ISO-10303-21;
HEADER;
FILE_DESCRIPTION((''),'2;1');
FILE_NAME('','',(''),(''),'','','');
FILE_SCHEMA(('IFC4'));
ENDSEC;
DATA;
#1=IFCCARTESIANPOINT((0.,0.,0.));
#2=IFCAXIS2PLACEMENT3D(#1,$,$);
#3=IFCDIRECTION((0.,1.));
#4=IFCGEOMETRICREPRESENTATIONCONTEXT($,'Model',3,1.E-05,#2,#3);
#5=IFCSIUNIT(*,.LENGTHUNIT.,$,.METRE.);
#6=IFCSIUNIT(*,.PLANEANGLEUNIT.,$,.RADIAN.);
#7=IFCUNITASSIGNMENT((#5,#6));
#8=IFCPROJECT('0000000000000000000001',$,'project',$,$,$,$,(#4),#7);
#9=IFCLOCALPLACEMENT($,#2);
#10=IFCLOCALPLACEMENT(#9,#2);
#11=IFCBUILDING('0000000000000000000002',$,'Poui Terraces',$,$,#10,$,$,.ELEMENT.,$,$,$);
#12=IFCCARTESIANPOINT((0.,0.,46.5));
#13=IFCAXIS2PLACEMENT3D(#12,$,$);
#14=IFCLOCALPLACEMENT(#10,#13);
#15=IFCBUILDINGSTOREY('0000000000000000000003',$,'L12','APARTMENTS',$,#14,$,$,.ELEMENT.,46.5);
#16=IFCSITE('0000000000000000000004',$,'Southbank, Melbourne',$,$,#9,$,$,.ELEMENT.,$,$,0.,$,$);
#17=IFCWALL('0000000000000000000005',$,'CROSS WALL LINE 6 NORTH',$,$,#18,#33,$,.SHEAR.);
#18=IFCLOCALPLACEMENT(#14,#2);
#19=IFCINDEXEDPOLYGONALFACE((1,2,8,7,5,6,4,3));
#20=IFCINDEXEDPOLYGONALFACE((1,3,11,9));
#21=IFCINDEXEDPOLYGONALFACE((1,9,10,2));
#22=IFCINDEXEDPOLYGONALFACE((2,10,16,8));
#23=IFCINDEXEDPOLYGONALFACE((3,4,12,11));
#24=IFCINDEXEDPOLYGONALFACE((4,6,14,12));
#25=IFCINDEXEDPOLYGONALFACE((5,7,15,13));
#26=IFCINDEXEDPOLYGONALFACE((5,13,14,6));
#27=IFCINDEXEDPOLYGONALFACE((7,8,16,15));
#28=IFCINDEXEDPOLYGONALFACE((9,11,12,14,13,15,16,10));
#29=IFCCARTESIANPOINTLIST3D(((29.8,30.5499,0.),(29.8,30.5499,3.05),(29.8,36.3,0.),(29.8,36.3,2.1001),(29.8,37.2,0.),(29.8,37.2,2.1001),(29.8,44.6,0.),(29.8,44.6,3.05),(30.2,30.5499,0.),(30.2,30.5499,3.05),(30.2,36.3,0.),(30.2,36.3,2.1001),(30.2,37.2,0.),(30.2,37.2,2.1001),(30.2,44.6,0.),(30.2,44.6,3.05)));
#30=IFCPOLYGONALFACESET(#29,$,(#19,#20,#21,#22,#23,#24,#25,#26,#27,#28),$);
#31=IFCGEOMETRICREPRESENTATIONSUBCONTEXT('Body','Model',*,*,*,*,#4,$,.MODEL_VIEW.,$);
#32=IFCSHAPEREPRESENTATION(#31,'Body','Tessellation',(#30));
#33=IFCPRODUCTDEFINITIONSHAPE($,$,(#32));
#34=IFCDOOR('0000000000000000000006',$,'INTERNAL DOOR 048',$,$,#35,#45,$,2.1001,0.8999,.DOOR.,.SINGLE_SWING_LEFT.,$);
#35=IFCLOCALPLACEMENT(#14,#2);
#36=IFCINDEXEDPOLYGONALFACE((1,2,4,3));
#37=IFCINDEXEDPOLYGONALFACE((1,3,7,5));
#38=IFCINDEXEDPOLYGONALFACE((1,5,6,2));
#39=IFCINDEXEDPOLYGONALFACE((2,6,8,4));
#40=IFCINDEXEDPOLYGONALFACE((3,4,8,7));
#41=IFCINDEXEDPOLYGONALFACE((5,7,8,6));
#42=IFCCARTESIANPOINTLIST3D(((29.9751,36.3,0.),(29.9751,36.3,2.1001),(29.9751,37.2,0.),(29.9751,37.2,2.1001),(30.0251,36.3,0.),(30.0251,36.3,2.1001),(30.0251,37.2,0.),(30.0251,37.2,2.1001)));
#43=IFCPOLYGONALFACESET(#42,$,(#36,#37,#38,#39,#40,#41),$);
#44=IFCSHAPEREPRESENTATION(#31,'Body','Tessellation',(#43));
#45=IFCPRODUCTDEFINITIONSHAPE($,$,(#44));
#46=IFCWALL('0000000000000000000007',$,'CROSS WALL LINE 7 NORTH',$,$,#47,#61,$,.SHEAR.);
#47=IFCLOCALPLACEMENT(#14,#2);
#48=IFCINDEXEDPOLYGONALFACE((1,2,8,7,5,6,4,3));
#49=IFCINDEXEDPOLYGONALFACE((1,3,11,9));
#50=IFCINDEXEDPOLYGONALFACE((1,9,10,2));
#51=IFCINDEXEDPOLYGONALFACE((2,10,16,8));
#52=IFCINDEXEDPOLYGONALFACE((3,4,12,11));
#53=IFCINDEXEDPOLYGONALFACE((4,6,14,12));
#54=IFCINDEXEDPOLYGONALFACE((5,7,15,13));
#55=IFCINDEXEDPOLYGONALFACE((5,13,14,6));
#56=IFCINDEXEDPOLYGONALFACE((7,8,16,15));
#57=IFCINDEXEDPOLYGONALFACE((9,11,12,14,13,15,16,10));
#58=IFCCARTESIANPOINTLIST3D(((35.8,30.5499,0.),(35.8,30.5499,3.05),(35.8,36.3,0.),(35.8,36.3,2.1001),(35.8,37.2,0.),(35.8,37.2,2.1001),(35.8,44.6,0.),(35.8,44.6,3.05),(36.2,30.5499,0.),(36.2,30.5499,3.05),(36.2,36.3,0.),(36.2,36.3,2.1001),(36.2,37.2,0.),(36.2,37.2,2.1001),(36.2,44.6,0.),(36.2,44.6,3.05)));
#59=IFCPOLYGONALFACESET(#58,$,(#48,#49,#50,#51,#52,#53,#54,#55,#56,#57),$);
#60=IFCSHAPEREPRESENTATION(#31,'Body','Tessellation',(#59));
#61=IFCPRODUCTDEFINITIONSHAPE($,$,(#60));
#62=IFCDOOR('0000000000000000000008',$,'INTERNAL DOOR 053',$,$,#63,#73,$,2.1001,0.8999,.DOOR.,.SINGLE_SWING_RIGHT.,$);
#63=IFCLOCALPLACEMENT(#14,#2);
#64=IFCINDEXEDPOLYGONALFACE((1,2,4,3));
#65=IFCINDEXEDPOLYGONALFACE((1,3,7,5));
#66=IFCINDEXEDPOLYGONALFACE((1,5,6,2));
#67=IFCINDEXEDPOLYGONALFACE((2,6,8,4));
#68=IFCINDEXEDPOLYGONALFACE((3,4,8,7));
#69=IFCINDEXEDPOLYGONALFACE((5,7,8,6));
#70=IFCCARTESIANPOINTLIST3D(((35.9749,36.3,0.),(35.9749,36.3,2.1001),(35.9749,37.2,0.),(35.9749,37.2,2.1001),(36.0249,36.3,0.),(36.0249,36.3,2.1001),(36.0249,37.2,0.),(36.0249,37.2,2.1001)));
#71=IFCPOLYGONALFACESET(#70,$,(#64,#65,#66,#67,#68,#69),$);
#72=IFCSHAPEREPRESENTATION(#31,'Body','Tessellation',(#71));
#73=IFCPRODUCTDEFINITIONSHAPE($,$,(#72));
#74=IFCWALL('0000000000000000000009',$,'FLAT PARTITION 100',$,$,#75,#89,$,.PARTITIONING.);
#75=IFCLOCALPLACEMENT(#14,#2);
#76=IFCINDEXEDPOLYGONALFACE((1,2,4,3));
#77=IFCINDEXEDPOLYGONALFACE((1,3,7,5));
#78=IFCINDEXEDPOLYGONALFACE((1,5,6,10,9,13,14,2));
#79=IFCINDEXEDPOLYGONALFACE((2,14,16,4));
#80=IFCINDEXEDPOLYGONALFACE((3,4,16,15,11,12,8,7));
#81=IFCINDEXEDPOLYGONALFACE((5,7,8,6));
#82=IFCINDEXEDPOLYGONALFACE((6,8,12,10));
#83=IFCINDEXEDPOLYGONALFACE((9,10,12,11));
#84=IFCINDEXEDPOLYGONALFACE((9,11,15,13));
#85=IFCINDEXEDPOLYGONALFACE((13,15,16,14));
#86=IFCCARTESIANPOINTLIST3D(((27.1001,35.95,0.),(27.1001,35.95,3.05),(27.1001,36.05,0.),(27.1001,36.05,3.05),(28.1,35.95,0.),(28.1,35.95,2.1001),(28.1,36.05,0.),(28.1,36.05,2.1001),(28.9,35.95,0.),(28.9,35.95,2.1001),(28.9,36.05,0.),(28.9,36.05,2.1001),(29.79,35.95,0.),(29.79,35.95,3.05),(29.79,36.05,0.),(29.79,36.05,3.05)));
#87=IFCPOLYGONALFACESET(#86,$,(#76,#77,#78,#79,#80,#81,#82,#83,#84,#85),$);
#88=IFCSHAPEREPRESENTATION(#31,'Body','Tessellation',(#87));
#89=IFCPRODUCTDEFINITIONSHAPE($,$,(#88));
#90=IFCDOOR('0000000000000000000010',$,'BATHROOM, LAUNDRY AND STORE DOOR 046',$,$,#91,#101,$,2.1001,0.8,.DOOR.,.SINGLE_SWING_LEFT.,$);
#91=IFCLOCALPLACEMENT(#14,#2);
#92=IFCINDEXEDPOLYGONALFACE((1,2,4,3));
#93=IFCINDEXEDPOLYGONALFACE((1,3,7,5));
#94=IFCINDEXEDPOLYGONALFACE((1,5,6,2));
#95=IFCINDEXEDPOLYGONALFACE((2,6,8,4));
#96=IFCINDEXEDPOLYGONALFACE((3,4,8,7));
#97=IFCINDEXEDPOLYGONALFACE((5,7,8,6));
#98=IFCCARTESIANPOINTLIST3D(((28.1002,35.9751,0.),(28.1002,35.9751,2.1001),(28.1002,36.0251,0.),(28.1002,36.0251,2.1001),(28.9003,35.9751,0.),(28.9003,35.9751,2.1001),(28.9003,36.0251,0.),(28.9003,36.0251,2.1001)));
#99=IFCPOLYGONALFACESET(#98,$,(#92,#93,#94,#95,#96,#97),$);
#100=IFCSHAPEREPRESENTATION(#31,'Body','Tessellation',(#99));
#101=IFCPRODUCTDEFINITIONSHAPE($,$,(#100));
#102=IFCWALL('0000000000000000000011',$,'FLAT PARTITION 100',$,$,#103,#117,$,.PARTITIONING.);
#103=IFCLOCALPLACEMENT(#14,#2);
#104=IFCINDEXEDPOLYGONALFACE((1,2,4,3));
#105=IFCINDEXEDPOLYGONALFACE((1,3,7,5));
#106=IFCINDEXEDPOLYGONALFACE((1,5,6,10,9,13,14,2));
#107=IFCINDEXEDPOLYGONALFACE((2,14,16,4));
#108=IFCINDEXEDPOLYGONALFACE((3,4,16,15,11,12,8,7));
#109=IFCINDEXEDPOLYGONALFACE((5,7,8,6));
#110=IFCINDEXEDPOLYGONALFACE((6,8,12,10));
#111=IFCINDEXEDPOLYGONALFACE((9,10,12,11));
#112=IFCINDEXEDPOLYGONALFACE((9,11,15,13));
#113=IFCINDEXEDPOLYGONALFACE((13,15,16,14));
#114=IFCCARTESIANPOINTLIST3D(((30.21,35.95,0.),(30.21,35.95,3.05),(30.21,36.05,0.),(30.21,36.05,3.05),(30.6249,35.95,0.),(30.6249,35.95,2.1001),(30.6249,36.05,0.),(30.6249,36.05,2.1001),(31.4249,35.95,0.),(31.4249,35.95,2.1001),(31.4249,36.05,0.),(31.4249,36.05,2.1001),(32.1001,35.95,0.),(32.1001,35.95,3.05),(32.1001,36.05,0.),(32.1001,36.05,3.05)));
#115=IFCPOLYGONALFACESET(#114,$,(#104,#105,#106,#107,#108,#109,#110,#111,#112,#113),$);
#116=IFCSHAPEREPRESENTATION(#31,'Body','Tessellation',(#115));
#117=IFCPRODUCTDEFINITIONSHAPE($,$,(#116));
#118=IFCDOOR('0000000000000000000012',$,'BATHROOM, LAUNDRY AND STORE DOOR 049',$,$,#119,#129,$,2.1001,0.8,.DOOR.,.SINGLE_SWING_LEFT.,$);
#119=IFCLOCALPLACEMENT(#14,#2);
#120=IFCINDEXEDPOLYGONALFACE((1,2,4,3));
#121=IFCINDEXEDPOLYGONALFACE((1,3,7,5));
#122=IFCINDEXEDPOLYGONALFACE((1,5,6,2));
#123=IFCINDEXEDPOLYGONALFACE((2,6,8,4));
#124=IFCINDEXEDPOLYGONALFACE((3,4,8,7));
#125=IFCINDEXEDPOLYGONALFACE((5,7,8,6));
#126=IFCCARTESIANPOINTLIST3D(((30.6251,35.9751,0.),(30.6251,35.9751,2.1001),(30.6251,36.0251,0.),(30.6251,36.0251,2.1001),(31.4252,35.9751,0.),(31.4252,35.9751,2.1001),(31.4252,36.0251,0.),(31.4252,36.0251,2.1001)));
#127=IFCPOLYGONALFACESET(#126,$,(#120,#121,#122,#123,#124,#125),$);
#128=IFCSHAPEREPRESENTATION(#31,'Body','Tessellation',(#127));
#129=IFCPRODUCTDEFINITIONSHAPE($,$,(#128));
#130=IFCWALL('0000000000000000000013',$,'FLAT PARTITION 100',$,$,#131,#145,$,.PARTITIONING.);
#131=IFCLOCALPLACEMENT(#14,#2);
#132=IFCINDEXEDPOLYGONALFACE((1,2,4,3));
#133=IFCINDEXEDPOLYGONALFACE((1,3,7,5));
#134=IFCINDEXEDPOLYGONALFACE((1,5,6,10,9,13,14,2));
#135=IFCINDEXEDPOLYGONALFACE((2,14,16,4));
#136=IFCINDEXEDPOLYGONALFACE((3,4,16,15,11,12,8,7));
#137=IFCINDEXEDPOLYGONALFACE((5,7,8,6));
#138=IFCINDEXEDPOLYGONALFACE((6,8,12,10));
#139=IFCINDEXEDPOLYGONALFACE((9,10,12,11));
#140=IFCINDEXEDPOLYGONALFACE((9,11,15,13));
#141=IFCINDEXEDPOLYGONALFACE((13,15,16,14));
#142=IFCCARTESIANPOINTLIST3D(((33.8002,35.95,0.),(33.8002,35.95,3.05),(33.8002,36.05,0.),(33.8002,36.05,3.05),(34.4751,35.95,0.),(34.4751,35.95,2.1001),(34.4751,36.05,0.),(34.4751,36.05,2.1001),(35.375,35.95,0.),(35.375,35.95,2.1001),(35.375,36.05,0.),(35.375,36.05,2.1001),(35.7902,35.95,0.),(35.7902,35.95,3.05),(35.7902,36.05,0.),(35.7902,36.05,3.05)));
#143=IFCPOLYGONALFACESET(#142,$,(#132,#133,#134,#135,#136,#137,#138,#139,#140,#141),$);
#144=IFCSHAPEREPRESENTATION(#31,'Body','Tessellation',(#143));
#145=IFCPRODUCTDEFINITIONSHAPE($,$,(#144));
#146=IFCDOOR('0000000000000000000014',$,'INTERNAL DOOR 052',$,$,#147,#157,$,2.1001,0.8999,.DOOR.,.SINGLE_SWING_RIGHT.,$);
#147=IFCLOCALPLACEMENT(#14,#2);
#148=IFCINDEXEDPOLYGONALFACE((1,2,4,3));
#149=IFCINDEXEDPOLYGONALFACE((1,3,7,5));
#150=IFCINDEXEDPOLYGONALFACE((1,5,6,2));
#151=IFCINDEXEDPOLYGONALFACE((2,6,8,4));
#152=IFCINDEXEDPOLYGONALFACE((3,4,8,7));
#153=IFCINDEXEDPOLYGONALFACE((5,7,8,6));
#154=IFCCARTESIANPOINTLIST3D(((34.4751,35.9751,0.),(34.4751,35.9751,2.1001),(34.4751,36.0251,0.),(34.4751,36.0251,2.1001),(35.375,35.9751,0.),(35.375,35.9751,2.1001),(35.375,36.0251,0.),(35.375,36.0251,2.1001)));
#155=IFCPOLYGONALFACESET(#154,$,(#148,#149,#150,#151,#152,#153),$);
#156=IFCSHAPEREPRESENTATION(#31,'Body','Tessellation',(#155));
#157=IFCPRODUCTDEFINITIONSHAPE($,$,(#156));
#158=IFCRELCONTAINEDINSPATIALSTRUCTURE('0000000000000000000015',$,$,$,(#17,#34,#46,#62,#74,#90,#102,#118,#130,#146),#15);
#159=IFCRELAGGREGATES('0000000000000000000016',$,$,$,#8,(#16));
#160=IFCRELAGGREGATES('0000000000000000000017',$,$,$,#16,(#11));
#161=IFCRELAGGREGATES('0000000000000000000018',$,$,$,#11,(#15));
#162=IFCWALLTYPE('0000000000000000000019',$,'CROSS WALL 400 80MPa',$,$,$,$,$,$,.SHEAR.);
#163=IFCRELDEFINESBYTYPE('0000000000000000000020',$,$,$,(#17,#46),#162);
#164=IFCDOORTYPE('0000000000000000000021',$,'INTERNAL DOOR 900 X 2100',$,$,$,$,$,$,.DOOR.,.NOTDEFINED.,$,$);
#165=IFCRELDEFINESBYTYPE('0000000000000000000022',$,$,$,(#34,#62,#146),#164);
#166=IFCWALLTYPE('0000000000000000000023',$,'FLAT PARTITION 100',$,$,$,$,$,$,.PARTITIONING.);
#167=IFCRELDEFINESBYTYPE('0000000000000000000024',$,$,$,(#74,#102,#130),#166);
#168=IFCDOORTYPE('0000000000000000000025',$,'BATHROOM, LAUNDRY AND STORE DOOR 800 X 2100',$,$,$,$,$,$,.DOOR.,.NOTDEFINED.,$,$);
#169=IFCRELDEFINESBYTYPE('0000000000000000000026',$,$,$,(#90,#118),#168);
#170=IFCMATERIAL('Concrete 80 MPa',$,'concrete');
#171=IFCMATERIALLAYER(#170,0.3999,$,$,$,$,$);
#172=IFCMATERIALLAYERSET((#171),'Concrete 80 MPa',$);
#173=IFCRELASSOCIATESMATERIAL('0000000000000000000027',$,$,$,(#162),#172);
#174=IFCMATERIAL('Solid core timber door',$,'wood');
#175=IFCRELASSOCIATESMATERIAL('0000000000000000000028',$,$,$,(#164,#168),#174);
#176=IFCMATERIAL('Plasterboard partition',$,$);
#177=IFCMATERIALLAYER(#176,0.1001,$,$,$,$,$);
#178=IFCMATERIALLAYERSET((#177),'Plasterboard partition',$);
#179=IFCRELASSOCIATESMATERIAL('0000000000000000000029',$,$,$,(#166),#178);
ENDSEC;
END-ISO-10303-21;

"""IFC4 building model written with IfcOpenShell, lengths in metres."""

from ifc_helpers import new_model, si_unit, direction, frame, frame_2d, origin, place, context, subcontext, project, spatial, rectangle, extrude, material, layer, layer_set, type_object, element, fill, save


model = new_model("IFC4")

# Units and contexts
model_context = context("Model", 3, precision=1e-05, world=origin(), true_north=direction((0.0, 1.0)))
body_context = subcontext(model_context, "Body", "Model", "MODEL_VIEW")
ifc_project = project(units=[si_unit("LENGTHUNIT", "METRE"), si_unit("PLANEANGLEUNIT", "RADIAN")], contexts=[model_context])

# Site, building, storey
site_placement = place(None, origin())
site = spatial("IfcSite", under=ifc_project, at=site_placement, Name="Southbank, Melbourne", CompositionType="ELEMENT", RefElevation=0.0)
building_placement = place(site_placement, origin())
building = spatial("IfcBuilding", under=site, at=building_placement, Name="Poui Terraces", CompositionType="ELEMENT")
storey_placement = place(building_placement, frame((0.0, 0.0, 46.5)))
storey = spatial("IfcBuildingStorey", under=building, at=storey_placement, Name="L12", Description="APARTMENTS", CompositionType="ELEMENT", Elevation=46.5)

# Walls, openings, doors
ifc_material_1 = material(Name="Concrete 80 MPa", Category="concrete")
ifc_layer_1 = layer(ifc_material_1, 0.3999)
ifc_layer_set_1 = layer_set([ifc_layer_1], Name="Concrete 80 MPa")
wall_type_1 = type_object("IfcWallType", Name="CROSS WALL 400 80MPa", PredefinedType="SHEAR", material=ifc_layer_set_1)
wall_1_placement = place(storey_placement, frame((30.0, 30.55, 0.0), z_axis=(0.0, 0.0, 1.0), x_axis=(0.0, 1.0, 0.0)))
wall_1 = element("IfcWall", 1, at=wall_1_placement, inside=storey, type_object=wall_type_1, Name="CROSS WALL LINE 6 NORTH", PredefinedType="SHEAR", context=body_context, shape_type="SweptSolid", body=[
    extrude(rectangle(XDim=14.05, YDim=0.3999, at=frame_2d((7.0249, 0.0))), origin(), (0.0, 0.0, 1.0), 3.05),
])
opening_1_placement = place(wall_1_placement, frame((5.75, 0.0, 0.0)))
opening_1 = element("IfcOpeningElement", 2, at=opening_1_placement, cuts=wall_1, PredefinedType="OPENING", context=body_context, shape_type="SweptSolid", body=[
    extrude(rectangle(XDim=0.8999, YDim=2.1001, at=frame_2d((0.45, 1.05))), frame((0.0, 0.21, 0.0), z_axis=(0.0, -1.0, 0.0), x_axis=(1.0, 0.0, 0.0)), (0.0, 0.0, 1.0), 0.4199),
])
ifc_material_2 = material(Name="Solid core timber door", Category="wood")
door_type_1 = type_object("IfcDoorType", Name="INTERNAL DOOR 900 X 2100", OperationType="NOTDEFINED", PredefinedType="DOOR", material=ifc_material_2)
door_1_placement = place(opening_1_placement, origin())
door_1 = element("IfcDoor", 3, at=door_1_placement, inside=storey, type_object=door_type_1, Name="INTERNAL DOOR 048", OperationType="SINGLE_SWING_LEFT", OverallHeight=2.1001, OverallWidth=0.8999, PredefinedType="DOOR", context=body_context, shape_type="SweptSolid", body=[
    extrude(rectangle(XDim=0.8999, YDim=2.1001, at=frame_2d((0.45, 1.05))), frame((0.0, 0.0249, 0.0), z_axis=(0.0, -1.0, 0.0), x_axis=(1.0, 0.0, 0.0)), (0.0, 0.0, 1.0), 0.05),
])
fill(opening_1, door_1)
wall_2_placement = place(storey_placement, frame((36.0, 30.55, 0.0), z_axis=(0.0, 0.0, 1.0), x_axis=(0.0, 1.0, 0.0)))
wall_2 = element("IfcWall", 4, at=wall_2_placement, inside=storey, type_object=wall_type_1, Name="CROSS WALL LINE 7 NORTH", PredefinedType="SHEAR", context=body_context, shape_type="SweptSolid", body=[
    extrude(rectangle(XDim=14.05, YDim=0.3999, at=frame_2d((7.0249, 0.0))), origin(), (0.0, 0.0, 1.0), 3.05),
])
opening_2_placement = place(wall_2_placement, frame((5.75, 0.0, 0.0)))
opening_2 = element("IfcOpeningElement", 5, at=opening_2_placement, cuts=wall_2, PredefinedType="OPENING", context=body_context, shape_type="SweptSolid", body=[
    extrude(rectangle(XDim=0.8999, YDim=2.1001, at=frame_2d((0.45, 1.05))), frame((0.0, 0.21, 0.0), z_axis=(0.0, -1.0, 0.0), x_axis=(1.0, 0.0, 0.0)), (0.0, 0.0, 1.0), 0.4199),
])
door_2_placement = place(opening_2_placement, frame((0.8999, 0.0, 0.0), z_axis=(0.0, 0.0, 1.0), x_axis=(-1.0, 0.0, 0.0)))
door_2 = element("IfcDoor", 6, at=door_2_placement, inside=storey, type_object=door_type_1, Name="INTERNAL DOOR 053", OperationType="SINGLE_SWING_RIGHT", OverallHeight=2.1001, OverallWidth=0.8999, PredefinedType="DOOR", context=body_context, shape_type="SweptSolid", body=[
    extrude(rectangle(XDim=0.8999, YDim=2.1001, at=frame_2d((0.45, 1.05))), frame((0.0, 0.0249, 0.0), z_axis=(0.0, -1.0, 0.0), x_axis=(1.0, 0.0, 0.0)), (0.0, 0.0, 1.0), 0.05),
])
fill(opening_2, door_2)
ifc_material_3 = material(Name="Plasterboard partition")
ifc_layer_2 = layer(ifc_material_3, 0.1001)
ifc_layer_set_2 = layer_set([ifc_layer_2], Name="Plasterboard partition")
wall_type_2 = type_object("IfcWallType", Name="FLAT PARTITION 100", PredefinedType="PARTITIONING", material=ifc_layer_set_2)
wall_3_placement = place(storey_placement, frame((27.1001, 36.0, 0.0), z_axis=(0.0, 0.0, 1.0), x_axis=(1.0, 0.0, 0.0)))
wall_3 = element("IfcWall", 7, at=wall_3_placement, inside=storey, type_object=wall_type_2, Name="FLAT PARTITION 100", PredefinedType="PARTITIONING", context=body_context, shape_type="SweptSolid", body=[
    extrude(rectangle(XDim=2.6899, YDim=0.1001, at=frame_2d((1.345, 0.0))), origin(), (0.0, 0.0, 1.0), 3.05),
])
opening_3_placement = place(wall_3_placement, frame((1.0, 0.0, 0.0)))
opening_3 = element("IfcOpeningElement", 8, at=opening_3_placement, cuts=wall_3, PredefinedType="OPENING", context=body_context, shape_type="SweptSolid", body=[
    extrude(rectangle(XDim=0.8, YDim=2.1001, at=frame_2d((0.3999, 1.05))), frame((0.0, 0.0601, 0.0), z_axis=(0.0, -1.0, 0.0), x_axis=(1.0, 0.0, 0.0)), (0.0, 0.0, 1.0), 0.1201),
])
door_type_2 = type_object("IfcDoorType", Name="BATHROOM, LAUNDRY AND STORE DOOR 800 X 2100", OperationType="NOTDEFINED", PredefinedType="DOOR", material=ifc_material_2)
door_3_placement = place(opening_3_placement, frame((0.8, 0.0, 0.0), z_axis=(0.0, 0.0, 1.0), x_axis=(-1.0, 0.0, 0.0)))
door_3 = element("IfcDoor", 9, at=door_3_placement, inside=storey, type_object=door_type_2, Name="BATHROOM, LAUNDRY AND STORE DOOR 046", OperationType="SINGLE_SWING_LEFT", OverallHeight=2.1001, OverallWidth=0.8, PredefinedType="DOOR", context=body_context, shape_type="SweptSolid", body=[
    extrude(rectangle(XDim=0.8, YDim=2.1001, at=frame_2d((0.3999, 1.05))), frame((0.0, 0.0249, 0.0), z_axis=(0.0, -1.0, 0.0), x_axis=(1.0, 0.0, 0.0)), (0.0, 0.0, 1.0), 0.05),
])
fill(opening_3, door_3)
wall_4_placement = place(storey_placement, frame((30.21, 36.0, 0.0), z_axis=(0.0, 0.0, 1.0), x_axis=(1.0, 0.0, 0.0)))
wall_4 = element("IfcWall", 10, at=wall_4_placement, inside=storey, type_object=wall_type_2, Name="FLAT PARTITION 100", PredefinedType="PARTITIONING", context=body_context, shape_type="SweptSolid", body=[
    extrude(rectangle(XDim=1.8901, YDim=0.1001, at=frame_2d((0.9451, 0.0))), origin(), (0.0, 0.0, 1.0), 3.05),
])
opening_4_placement = place(wall_4_placement, frame((0.415, 0.0, 0.0)))
opening_4 = element("IfcOpeningElement", 11, at=opening_4_placement, cuts=wall_4, PredefinedType="OPENING", context=body_context, shape_type="SweptSolid", body=[
    extrude(rectangle(XDim=0.8, YDim=2.1001, at=frame_2d((0.3999, 1.05))), frame((0.0, 0.0601, 0.0), z_axis=(0.0, -1.0, 0.0), x_axis=(1.0, 0.0, 0.0)), (0.0, 0.0, 1.0), 0.1201),
])
door_4_placement = place(opening_4_placement, frame((0.8, 0.0, 0.0), z_axis=(0.0, 0.0, 1.0), x_axis=(-1.0, 0.0, 0.0)))
door_4 = element("IfcDoor", 12, at=door_4_placement, inside=storey, type_object=door_type_2, Name="BATHROOM, LAUNDRY AND STORE DOOR 049", OperationType="SINGLE_SWING_LEFT", OverallHeight=2.1001, OverallWidth=0.8, PredefinedType="DOOR", context=body_context, shape_type="SweptSolid", body=[
    extrude(rectangle(XDim=0.8, YDim=2.1001, at=frame_2d((0.3999, 1.05))), frame((0.0, 0.0249, 0.0), z_axis=(0.0, -1.0, 0.0), x_axis=(1.0, 0.0, 0.0)), (0.0, 0.0, 1.0), 0.05),
])
fill(opening_4, door_4)
wall_5_placement = place(storey_placement, frame((33.8, 36.0, 0.0), z_axis=(0.0, 0.0, 1.0), x_axis=(1.0, 0.0, 0.0)))
wall_5 = element("IfcWall", 13, at=wall_5_placement, inside=storey, type_object=wall_type_2, Name="FLAT PARTITION 100", PredefinedType="PARTITIONING", context=body_context, shape_type="SweptSolid", body=[
    extrude(rectangle(XDim=1.99, YDim=0.1001, at=frame_2d((0.9951, 0.0))), origin(), (0.0, 0.0, 1.0), 3.05),
])
opening_5_placement = place(wall_5_placement, frame((0.675, 0.0, 0.0)))
opening_5 = element("IfcOpeningElement", 14, at=opening_5_placement, cuts=wall_5, PredefinedType="OPENING", context=body_context, shape_type="SweptSolid", body=[
    extrude(rectangle(XDim=0.8999, YDim=2.1001, at=frame_2d((0.45, 1.05))), frame((0.0, 0.0601, 0.0), z_axis=(0.0, -1.0, 0.0), x_axis=(1.0, 0.0, 0.0)), (0.0, 0.0, 1.0), 0.1201),
])
door_5_placement = place(opening_5_placement, frame((0.8999, 0.0, 0.0), z_axis=(0.0, 0.0, 1.0), x_axis=(-1.0, 0.0, 0.0)))
door_5 = element("IfcDoor", 15, at=door_5_placement, inside=storey, type_object=door_type_1, Name="INTERNAL DOOR 052", OperationType="SINGLE_SWING_RIGHT", OverallHeight=2.1001, OverallWidth=0.8999, PredefinedType="DOOR", context=body_context, shape_type="SweptSolid", body=[
    extrude(rectangle(XDim=0.8999, YDim=2.1001, at=frame_2d((0.45, 1.05))), frame((0.0, 0.0249, 0.0), z_axis=(0.0, -1.0, 0.0), x_axis=(1.0, 0.0, 0.0)), (0.0, 0.0, 1.0), 0.05),
])
fill(opening_5, door_5)

save(model, "model.ifc")
